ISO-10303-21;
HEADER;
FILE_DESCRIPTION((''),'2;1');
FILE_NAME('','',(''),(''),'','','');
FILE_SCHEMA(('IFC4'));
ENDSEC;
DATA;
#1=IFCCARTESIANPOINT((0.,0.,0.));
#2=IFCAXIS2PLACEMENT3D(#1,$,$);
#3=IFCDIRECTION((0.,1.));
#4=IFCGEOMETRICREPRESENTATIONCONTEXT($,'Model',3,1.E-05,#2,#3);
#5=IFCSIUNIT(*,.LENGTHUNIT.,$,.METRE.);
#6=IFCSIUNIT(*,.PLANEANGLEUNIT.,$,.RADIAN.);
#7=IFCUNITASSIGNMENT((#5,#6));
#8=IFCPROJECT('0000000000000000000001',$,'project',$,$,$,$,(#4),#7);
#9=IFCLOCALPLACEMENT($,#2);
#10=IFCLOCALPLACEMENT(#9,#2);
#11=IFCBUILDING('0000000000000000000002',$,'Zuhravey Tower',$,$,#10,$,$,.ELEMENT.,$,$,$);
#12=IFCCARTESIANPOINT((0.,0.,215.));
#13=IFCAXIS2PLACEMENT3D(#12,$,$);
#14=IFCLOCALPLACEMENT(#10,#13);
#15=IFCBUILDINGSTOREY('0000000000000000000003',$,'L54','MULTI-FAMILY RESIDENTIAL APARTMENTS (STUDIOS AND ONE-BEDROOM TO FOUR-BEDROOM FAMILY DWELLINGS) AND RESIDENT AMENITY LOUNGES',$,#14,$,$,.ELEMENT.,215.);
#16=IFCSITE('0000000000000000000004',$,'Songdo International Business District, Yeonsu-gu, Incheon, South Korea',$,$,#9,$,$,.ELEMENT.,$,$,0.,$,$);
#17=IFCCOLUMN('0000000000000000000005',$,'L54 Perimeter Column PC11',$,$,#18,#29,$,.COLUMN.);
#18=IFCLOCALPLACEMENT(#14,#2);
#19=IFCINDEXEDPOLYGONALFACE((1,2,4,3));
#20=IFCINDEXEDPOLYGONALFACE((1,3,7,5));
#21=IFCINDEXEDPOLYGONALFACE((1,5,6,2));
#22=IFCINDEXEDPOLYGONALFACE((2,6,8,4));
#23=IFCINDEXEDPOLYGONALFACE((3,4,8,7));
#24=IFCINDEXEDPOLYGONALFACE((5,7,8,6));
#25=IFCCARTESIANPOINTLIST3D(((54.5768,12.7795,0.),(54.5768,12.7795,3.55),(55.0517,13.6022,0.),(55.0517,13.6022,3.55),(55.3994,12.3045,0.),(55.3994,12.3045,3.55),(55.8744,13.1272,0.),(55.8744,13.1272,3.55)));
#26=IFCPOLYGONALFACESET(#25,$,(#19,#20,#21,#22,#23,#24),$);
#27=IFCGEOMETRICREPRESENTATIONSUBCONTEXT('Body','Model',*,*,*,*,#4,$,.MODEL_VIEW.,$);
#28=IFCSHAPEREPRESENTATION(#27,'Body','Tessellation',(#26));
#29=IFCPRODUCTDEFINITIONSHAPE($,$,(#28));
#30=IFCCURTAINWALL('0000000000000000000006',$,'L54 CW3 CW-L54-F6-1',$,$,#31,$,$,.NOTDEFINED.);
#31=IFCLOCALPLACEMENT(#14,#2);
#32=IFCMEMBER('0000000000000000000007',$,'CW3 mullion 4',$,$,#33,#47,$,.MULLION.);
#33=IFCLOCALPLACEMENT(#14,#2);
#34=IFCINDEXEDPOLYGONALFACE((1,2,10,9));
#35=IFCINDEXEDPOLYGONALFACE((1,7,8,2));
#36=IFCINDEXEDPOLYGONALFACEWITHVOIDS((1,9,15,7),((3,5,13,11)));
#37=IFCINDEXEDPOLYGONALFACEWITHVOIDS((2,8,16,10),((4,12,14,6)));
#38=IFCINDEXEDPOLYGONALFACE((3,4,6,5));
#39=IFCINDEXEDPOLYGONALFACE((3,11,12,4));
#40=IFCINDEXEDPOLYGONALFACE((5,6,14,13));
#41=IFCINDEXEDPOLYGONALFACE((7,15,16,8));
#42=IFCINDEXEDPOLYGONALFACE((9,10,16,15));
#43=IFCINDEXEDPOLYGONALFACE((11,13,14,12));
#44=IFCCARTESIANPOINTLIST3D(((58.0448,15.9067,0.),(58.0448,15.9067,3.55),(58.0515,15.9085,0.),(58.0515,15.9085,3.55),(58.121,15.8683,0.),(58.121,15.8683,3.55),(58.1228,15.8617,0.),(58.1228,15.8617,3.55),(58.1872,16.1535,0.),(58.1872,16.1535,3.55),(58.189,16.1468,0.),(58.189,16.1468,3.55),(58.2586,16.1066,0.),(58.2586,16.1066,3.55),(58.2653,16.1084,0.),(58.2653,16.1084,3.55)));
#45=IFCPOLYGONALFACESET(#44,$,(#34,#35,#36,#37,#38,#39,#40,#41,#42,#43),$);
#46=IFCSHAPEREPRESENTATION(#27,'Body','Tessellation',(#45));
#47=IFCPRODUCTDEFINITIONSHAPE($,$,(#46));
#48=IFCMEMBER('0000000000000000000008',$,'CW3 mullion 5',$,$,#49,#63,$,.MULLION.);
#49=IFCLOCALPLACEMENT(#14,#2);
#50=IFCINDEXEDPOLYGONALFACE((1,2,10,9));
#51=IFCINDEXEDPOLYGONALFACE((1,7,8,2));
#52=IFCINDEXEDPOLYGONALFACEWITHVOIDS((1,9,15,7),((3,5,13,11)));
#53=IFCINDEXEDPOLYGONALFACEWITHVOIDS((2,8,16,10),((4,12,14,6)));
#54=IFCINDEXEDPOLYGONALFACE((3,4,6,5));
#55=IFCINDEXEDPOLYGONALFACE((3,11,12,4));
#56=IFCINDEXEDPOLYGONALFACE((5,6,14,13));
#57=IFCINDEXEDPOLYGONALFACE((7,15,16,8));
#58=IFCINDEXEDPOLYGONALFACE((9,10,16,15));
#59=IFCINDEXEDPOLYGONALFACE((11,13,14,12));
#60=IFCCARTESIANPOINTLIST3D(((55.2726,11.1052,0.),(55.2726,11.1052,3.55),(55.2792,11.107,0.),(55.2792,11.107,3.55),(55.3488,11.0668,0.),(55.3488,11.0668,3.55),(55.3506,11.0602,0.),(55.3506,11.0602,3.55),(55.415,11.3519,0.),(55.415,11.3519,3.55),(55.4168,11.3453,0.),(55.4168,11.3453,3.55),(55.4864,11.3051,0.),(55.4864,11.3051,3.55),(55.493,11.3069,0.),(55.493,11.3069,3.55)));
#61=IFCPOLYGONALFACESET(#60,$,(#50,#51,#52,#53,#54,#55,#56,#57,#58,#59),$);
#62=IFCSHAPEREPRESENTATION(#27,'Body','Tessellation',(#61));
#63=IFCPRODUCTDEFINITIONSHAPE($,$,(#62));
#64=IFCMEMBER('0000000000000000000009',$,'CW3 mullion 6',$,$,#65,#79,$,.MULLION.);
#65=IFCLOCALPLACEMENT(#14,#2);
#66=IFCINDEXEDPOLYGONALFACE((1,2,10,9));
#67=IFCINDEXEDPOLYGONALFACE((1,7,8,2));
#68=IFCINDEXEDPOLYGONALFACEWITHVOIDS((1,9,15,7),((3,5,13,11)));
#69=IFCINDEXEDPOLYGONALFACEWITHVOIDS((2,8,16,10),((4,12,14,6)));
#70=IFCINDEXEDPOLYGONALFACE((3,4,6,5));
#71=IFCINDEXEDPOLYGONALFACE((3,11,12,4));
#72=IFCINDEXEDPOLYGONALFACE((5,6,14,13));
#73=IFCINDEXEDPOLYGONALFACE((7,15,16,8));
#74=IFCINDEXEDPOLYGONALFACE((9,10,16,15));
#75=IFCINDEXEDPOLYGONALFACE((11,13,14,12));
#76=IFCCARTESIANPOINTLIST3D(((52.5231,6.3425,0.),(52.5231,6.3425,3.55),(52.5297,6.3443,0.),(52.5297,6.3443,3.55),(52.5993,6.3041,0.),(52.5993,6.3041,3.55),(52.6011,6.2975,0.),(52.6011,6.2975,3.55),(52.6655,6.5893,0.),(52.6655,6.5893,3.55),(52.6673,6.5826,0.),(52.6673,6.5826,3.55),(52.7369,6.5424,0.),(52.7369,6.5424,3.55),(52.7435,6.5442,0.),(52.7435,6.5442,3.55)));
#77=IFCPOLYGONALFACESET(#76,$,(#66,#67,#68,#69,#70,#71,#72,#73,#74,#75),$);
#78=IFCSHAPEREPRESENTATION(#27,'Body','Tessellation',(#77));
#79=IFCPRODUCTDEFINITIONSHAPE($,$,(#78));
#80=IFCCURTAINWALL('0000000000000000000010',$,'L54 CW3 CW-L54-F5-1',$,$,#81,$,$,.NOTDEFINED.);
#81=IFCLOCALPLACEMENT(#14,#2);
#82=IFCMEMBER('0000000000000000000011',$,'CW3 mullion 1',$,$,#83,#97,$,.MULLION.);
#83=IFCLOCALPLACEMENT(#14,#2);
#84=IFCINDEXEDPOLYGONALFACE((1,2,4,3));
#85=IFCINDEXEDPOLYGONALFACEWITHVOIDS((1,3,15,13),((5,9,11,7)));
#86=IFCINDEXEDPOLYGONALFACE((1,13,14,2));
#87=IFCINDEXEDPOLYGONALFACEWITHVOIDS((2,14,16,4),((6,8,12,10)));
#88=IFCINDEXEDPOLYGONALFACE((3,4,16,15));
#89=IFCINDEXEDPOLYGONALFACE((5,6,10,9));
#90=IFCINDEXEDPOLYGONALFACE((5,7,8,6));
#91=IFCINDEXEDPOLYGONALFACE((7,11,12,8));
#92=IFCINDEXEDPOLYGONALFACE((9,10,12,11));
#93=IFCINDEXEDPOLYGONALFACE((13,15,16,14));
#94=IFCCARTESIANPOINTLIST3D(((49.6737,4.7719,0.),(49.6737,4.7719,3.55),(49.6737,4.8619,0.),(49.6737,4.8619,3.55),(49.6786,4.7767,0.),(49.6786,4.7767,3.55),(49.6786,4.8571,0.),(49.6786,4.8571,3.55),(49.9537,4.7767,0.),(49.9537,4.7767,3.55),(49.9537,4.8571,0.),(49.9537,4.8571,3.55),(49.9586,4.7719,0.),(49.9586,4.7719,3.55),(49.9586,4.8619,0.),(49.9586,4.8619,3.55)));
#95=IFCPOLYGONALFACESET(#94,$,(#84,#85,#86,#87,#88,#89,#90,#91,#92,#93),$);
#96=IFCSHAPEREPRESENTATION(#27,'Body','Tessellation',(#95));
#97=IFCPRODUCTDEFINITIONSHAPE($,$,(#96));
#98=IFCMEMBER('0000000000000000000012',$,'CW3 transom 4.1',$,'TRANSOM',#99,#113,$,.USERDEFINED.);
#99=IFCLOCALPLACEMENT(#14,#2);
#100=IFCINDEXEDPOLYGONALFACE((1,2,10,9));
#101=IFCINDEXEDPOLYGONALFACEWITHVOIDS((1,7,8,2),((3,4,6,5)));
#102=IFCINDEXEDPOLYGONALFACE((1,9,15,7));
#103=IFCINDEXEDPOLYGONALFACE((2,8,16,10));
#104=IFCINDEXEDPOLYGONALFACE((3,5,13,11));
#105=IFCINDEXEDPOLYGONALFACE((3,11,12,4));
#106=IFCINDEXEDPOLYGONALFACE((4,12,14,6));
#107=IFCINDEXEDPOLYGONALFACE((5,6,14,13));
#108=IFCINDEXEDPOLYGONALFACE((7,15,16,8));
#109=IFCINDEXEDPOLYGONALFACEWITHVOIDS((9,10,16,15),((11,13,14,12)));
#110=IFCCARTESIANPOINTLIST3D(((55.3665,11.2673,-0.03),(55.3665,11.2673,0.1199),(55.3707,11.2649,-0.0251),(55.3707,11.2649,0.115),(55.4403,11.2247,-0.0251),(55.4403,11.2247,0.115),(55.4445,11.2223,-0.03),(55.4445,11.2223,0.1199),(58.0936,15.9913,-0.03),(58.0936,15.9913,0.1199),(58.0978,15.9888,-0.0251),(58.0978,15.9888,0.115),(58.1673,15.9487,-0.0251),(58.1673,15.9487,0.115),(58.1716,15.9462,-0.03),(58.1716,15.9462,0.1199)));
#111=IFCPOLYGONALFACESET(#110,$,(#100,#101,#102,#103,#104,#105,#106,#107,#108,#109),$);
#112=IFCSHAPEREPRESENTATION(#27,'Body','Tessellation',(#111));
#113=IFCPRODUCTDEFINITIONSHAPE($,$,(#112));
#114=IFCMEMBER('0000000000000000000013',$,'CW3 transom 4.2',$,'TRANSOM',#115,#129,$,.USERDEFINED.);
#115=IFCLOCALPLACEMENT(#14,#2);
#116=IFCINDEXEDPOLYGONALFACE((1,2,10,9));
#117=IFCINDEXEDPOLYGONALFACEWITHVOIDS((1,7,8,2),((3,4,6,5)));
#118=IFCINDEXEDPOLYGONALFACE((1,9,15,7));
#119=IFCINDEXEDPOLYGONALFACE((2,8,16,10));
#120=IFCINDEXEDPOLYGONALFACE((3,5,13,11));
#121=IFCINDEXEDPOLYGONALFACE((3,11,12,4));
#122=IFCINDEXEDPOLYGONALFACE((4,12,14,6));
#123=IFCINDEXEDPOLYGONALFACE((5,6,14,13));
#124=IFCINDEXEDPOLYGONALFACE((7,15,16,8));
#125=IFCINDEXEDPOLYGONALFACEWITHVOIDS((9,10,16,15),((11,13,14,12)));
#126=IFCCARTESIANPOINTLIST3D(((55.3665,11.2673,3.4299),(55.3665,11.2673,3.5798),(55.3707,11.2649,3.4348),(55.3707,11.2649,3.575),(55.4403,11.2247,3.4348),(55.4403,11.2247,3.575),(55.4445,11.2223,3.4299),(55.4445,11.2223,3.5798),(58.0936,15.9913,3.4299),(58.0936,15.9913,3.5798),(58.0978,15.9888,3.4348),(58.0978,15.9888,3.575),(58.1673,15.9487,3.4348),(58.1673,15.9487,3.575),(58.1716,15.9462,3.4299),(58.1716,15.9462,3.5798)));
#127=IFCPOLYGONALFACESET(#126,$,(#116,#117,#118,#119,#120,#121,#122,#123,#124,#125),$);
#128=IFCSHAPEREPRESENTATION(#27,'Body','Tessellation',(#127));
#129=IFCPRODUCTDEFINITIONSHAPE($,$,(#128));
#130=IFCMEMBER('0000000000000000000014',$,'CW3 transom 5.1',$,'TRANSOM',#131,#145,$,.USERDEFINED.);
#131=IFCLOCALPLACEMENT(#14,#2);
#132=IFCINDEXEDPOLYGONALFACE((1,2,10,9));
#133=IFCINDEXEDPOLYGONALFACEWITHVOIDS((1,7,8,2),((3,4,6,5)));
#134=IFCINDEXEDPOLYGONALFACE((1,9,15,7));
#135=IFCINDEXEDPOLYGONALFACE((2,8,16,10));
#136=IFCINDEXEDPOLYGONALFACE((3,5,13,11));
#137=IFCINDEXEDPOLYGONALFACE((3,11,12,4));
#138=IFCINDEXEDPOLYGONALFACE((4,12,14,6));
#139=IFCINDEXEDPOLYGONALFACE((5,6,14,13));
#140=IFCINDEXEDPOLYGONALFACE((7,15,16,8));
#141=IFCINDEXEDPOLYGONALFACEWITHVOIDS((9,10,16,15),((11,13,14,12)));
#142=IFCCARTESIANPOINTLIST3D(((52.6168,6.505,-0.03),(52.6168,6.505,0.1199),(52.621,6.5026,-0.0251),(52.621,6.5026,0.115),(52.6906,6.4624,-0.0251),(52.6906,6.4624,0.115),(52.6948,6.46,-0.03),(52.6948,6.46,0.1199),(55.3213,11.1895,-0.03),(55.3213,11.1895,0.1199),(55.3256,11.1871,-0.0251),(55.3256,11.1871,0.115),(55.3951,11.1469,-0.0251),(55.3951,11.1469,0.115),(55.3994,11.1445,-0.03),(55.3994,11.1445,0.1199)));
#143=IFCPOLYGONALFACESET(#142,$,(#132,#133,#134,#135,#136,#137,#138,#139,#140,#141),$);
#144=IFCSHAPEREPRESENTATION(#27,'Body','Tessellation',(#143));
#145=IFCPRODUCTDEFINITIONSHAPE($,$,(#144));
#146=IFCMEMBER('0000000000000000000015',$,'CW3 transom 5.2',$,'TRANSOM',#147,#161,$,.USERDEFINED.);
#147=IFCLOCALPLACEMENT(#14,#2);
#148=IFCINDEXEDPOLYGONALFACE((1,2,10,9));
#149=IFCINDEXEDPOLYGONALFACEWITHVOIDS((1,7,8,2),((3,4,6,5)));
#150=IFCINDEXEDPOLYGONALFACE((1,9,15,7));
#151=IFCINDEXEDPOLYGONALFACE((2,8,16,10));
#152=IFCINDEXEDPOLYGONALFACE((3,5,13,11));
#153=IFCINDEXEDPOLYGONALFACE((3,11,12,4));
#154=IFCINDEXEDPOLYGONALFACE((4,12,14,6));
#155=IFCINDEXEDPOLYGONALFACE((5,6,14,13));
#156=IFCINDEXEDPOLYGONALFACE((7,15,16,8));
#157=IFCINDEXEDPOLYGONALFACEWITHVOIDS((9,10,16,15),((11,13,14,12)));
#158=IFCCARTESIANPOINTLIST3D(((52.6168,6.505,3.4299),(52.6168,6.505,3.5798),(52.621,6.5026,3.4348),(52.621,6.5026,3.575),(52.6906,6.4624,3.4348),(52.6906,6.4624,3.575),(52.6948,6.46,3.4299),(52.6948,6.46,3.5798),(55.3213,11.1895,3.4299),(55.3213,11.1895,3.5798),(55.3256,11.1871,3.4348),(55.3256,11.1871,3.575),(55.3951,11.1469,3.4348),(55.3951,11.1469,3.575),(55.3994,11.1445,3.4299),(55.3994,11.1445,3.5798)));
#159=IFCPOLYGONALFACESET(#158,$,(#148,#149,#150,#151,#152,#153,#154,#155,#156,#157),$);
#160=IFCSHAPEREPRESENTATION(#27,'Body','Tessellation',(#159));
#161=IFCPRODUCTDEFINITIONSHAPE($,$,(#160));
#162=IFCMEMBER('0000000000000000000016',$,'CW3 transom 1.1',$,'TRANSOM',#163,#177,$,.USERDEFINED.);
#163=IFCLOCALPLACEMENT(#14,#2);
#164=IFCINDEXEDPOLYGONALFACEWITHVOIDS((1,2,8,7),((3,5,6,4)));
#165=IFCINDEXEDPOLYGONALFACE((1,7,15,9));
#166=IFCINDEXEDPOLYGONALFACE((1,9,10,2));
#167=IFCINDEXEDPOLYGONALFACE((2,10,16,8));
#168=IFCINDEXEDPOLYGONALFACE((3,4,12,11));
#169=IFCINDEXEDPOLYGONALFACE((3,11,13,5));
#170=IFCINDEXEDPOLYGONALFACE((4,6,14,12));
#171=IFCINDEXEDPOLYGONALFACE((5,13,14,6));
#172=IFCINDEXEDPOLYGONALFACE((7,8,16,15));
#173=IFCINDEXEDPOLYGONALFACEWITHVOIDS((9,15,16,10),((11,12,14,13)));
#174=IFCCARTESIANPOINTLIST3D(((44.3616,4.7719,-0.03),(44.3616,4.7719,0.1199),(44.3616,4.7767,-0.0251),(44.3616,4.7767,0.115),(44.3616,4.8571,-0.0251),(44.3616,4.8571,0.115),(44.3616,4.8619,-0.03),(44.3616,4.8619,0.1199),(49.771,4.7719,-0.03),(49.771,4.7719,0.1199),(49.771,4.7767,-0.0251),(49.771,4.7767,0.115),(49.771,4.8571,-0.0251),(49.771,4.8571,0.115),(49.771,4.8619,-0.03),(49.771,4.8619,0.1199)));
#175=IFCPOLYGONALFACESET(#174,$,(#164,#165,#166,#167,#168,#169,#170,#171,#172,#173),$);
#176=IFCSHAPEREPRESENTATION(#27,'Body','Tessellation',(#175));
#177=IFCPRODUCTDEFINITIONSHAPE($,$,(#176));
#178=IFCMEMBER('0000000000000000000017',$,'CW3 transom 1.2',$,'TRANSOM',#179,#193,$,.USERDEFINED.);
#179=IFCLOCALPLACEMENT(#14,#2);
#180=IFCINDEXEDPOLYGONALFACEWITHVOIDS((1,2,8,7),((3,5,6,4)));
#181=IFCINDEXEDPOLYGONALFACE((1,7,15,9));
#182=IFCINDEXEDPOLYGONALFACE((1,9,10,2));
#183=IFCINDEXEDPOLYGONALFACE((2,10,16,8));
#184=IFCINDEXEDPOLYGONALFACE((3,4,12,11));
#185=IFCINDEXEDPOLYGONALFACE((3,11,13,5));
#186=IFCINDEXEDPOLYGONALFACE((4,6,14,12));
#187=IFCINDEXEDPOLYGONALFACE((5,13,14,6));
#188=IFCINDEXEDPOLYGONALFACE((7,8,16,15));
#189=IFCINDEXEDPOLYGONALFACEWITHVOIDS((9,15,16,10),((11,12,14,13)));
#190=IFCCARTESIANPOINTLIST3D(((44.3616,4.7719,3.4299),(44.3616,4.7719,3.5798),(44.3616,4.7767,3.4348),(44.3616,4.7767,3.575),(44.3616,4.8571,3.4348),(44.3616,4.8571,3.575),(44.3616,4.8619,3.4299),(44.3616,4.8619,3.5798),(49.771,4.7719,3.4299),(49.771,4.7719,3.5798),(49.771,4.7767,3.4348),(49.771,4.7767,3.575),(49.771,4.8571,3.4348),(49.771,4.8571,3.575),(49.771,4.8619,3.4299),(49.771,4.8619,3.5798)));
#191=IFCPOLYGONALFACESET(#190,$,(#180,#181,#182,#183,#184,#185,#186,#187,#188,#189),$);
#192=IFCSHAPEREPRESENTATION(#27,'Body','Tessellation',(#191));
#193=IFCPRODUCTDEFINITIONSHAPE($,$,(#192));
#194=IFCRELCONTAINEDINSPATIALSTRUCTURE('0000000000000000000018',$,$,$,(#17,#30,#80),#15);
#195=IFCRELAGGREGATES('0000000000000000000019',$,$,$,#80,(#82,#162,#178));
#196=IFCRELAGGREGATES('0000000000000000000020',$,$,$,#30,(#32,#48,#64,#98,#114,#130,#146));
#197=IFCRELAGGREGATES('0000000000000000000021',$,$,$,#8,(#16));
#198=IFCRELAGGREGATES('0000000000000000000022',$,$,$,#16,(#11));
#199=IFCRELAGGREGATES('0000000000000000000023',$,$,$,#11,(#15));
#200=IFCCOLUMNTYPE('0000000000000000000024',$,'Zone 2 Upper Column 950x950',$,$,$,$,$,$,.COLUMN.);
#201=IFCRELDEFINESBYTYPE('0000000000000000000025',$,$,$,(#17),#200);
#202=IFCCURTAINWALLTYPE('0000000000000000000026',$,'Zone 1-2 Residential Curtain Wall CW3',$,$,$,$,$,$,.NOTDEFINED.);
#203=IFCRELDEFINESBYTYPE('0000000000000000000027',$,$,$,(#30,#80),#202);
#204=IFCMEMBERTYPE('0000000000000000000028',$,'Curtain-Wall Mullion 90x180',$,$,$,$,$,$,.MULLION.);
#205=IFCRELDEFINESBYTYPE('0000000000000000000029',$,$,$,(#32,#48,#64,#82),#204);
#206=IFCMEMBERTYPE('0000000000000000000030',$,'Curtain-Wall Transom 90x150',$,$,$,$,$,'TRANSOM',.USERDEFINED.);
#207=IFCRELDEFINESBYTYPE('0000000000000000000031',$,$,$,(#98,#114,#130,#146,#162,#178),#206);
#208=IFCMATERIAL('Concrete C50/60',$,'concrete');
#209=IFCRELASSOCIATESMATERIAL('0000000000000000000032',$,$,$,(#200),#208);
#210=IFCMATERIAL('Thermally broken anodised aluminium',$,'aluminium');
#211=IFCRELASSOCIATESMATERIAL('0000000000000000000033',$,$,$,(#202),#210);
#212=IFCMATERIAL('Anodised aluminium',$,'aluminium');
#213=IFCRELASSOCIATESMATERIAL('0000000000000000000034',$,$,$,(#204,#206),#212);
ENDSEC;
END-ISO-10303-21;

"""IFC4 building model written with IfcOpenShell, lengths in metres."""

from ifc_helpers import new_model, si_unit, direction, frame, origin, origin_2d, place, context, subcontext, project, spatial, rectangle, hollow_rectangle, extrude, material, material_profile, profile_set, type_object, element, aggregate, save


model = new_model("IFC4")

# Units and contexts
model_context = context("Model", 3, precision=1e-05, world=origin(), true_north=direction((0.0, 1.0)))
body_context = subcontext(model_context, "Body", "Model", "MODEL_VIEW")
ifc_project = project(units=[si_unit("LENGTHUNIT", "METRE"), si_unit("PLANEANGLEUNIT", "RADIAN")], contexts=[model_context])

# Site, building, storey
site_placement = place(None, origin())
site = spatial("IfcSite", under=ifc_project, at=site_placement, Name="Songdo International Business District, Yeonsu-gu, Incheon, South Korea", CompositionType="ELEMENT", RefElevation=0.0)
building_placement = place(site_placement, origin())
building = spatial("IfcBuilding", under=site, at=building_placement, Name="Zuhravey Tower", CompositionType="ELEMENT")
storey_placement = place(building_placement, frame((0.0, 0.0, 215.0)))
storey = spatial("IfcBuildingStorey", under=building, at=storey_placement, Name="L54", Description="MULTI-FAMILY RESIDENTIAL APARTMENTS (STUDIOS AND ONE-BEDROOM TO FOUR-BEDROOM FAMILY DWELLINGS) AND RESIDENT AMENITY LOUNGES", CompositionType="ELEMENT", Elevation=215.0)

# Column
ifc_material_1 = material(Name="Concrete C50/60", Category="concrete")
ifc_material_profile_1 = material_profile(ifc_material_1, rectangle(XDim=0.95, YDim=0.95, at=origin_2d()), Name="RC-950x950")
ifc_profile_set_1 = profile_set([ifc_material_profile_1], Name="Concrete C50/60")
column_type = type_object("IfcColumnType", Name="Zone 2 Upper Column 950x950", PredefinedType="COLUMN", material=ifc_profile_set_1)
column_placement = place(storey_placement, frame((55.2256, 12.9534, 0.0), z_axis=(0.0, 0.0, 1.0), x_axis=(0.5, 0.866025, 0.0)))
element("IfcColumn", 1, at=column_placement, inside=storey, type_object=column_type, Name="L54 Perimeter Column PC11", PredefinedType="COLUMN", context=body_context, shape_type="SweptSolid", body=[
    extrude(rectangle(XDim=0.95, YDim=0.95, at=origin_2d()), origin(), (0.0, 0.0, 1.0), 3.55),
])

# Curtain wall, members
ifc_material_2 = material(Name="Thermally broken anodised aluminium", Category="aluminium")
curtain_wall_type = type_object("IfcCurtainWallType", Name="Zone 1-2 Residential Curtain Wall CW3", PredefinedType="NOTDEFINED", material=ifc_material_2)
curtain_wall_1_placement = place(storey_placement, origin())
curtain_wall_1 = element("IfcCurtainWall", 2, at=curtain_wall_1_placement, inside=storey, type_object=curtain_wall_type, Name="L54 CW3 CW-L54-F6-1", PredefinedType="NOTDEFINED")
ifc_material_3 = material(Name="Anodised aluminium", Category="aluminium")
ifc_material_profile_2 = material_profile(ifc_material_3, hollow_rectangle(XDim=0.0901, YDim=0.2849, WallThickness=0.0049, at=origin_2d()), Name="ALU-RHS-90x285x5")
ifc_profile_set_2 = profile_set([ifc_material_profile_2], Name="Anodised aluminium")
member_type_1 = type_object("IfcMemberType", Name="Curtain-Wall Mullion 90x180", PredefinedType="MULLION", material=ifc_profile_set_2)
member_1_placement = place(storey_placement, frame((58.155, 16.0076, 0.0), z_axis=(0.0, 0.0, 1.0), x_axis=(0.866025, -0.5, 0.0)))
member_1 = element("IfcMember", 3, at=member_1_placement, type_object=member_type_1, Name="CW3 mullion 4", PredefinedType="MULLION", context=body_context, shape_type="SweptSolid", body=[
    extrude(hollow_rectangle(XDim=0.0901, YDim=0.2849, WallThickness=0.0049, at=origin_2d()), origin(), (0.0, 0.0, 1.0), 3.55),
])
member_2_placement = place(storey_placement, frame((55.3828, 11.2061, 0.0), z_axis=(0.0, 0.0, 1.0), x_axis=(0.866025, -0.5, 0.0)))
member_2 = element("IfcMember", 4, at=member_2_placement, type_object=member_type_1, Name="CW3 mullion 5", PredefinedType="MULLION", context=body_context, shape_type="SweptSolid", body=[
    extrude(hollow_rectangle(XDim=0.0901, YDim=0.2849, WallThickness=0.0049, at=origin_2d()), origin(), (0.0, 0.0, 1.0), 3.55),
])
member_3_placement = place(storey_placement, frame((52.6333, 6.4434, 0.0), z_axis=(0.0, 0.0, 1.0), x_axis=(0.866025, -0.5, 0.0)))
member_3 = element("IfcMember", 5, at=member_3_placement, type_object=member_type_1, Name="CW3 mullion 6", PredefinedType="MULLION", context=body_context, shape_type="SweptSolid", body=[
    extrude(hollow_rectangle(XDim=0.0901, YDim=0.2849, WallThickness=0.0049, at=origin_2d()), origin(), (0.0, 0.0, 1.0), 3.55),
])

# Curtain wall, member
curtain_wall_2_placement = place(storey_placement, origin())
curtain_wall_2 = element("IfcCurtainWall", 6, at=curtain_wall_2_placement, inside=storey, type_object=curtain_wall_type, Name="L54 CW3 CW-L54-F5-1", PredefinedType="NOTDEFINED")
member_4_placement = place(storey_placement, frame((49.8162, 4.8169, 0.0), z_axis=(0.0, 0.0, 1.0), x_axis=(0.0, -1.0, 0.0)))
member_4 = element("IfcMember", 7, at=member_4_placement, type_object=member_type_1, Name="CW3 mullion 1", PredefinedType="MULLION", context=body_context, shape_type="SweptSolid", body=[
    extrude(hollow_rectangle(XDim=0.0901, YDim=0.2849, WallThickness=0.0049, at=origin_2d()), origin(), (0.0, 0.0, 1.0), 3.55),
])

# Members
ifc_material_profile_3 = material_profile(ifc_material_3, hollow_rectangle(XDim=0.0901, YDim=0.1499, WallThickness=0.0049, at=origin_2d()), Name="ALU-RHS-90x150x5")
ifc_profile_set_3 = profile_set([ifc_material_profile_3], Name="Anodised aluminium")
member_type_2 = type_object("IfcMemberType", Name="Curtain-Wall Transom 90x150", ElementType="TRANSOM", PredefinedType="USERDEFINED", material=ifc_profile_set_3)
member_5_placement = place(storey_placement, frame((58.1326, 15.9688, 0.0449), z_axis=(-0.499961, -0.866048, 0.0), x_axis=(0.866048, -0.499961, 0.0)))
member_5 = element("IfcMember", 8, at=member_5_placement, type_object=member_type_2, Name="CW3 transom 4.1", ObjectType="TRANSOM", PredefinedType="USERDEFINED", context=body_context, shape_type="SweptSolid", body=[
    extrude(hollow_rectangle(XDim=0.0901, YDim=0.1499, WallThickness=0.0049, at=origin_2d()), origin(), (0.0, 0.0, 1.0), 5.4546),
])
member_6_placement = place(storey_placement, frame((58.1326, 15.9688, 3.5049), z_axis=(-0.499961, -0.866048, 0.0), x_axis=(0.866048, -0.499961, 0.0)))
member_6 = element("IfcMember", 9, at=member_6_placement, type_object=member_type_2, Name="CW3 transom 4.2", ObjectType="TRANSOM", PredefinedType="USERDEFINED", context=body_context, shape_type="SweptSolid", body=[
    extrude(hollow_rectangle(XDim=0.0901, YDim=0.1499, WallThickness=0.0049, at=origin_2d()), origin(), (0.0, 0.0, 1.0), 5.4546),
])
member_7_placement = place(storey_placement, frame((55.3604, 11.167, 0.0449), z_axis=(-0.499993, -0.866029, 0.0), x_axis=(0.866029, -0.499993, 0.0)))
member_7 = element("IfcMember", 10, at=member_7_placement, type_object=member_type_2, Name="CW3 transom 5.1", ObjectType="TRANSOM", PredefinedType="USERDEFINED", context=body_context, shape_type="SweptSolid", body=[
    extrude(hollow_rectangle(XDim=0.0901, YDim=0.1499, WallThickness=0.0049, at=origin_2d()), origin(), (0.0, 0.0, 1.0), 5.4092),
])
member_8_placement = place(storey_placement, frame((55.3604, 11.167, 3.5049), z_axis=(-0.499993, -0.866029, 0.0), x_axis=(0.866029, -0.499993, 0.0)))
member_8 = element("IfcMember", 11, at=member_8_placement, type_object=member_type_2, Name="CW3 transom 5.2", ObjectType="TRANSOM", PredefinedType="USERDEFINED", context=body_context, shape_type="SweptSolid", body=[
    extrude(hollow_rectangle(XDim=0.0901, YDim=0.1499, WallThickness=0.0049, at=origin_2d()), origin(), (0.0, 0.0, 1.0), 5.4092),
])
member_9_placement = place(storey_placement, frame((49.771, 4.8169, 0.0449), z_axis=(-1.0, 0.0, 0.0), x_axis=(0.0, -1.0, 0.0)))
member_9 = element("IfcMember", 12, at=member_9_placement, type_object=member_type_2, Name="CW3 transom 1.1", ObjectType="TRANSOM", PredefinedType="USERDEFINED", context=body_context, shape_type="SweptSolid", body=[
    extrude(hollow_rectangle(XDim=0.0901, YDim=0.1499, WallThickness=0.0049, at=origin_2d()), origin(), (0.0, 0.0, 1.0), 5.4094),
])
member_10_placement = place(storey_placement, frame((49.771, 4.8169, 3.5049), z_axis=(-1.0, 0.0, 0.0), x_axis=(0.0, -1.0, 0.0)))
member_10 = element("IfcMember", 13, at=member_10_placement, type_object=member_type_2, Name="CW3 transom 1.2", ObjectType="TRANSOM", PredefinedType="USERDEFINED", context=body_context, shape_type="SweptSolid", body=[
    extrude(hollow_rectangle(XDim=0.0901, YDim=0.1499, WallThickness=0.0049, at=origin_2d()), origin(), (0.0, 0.0, 1.0), 5.4094),
])
aggregate(curtain_wall_2, [member_4, member_9, member_10])

aggregate(curtain_wall_1, [member_1, member_2, member_3, member_5, member_6, member_7, member_8])

save(model, "model.ifc")
